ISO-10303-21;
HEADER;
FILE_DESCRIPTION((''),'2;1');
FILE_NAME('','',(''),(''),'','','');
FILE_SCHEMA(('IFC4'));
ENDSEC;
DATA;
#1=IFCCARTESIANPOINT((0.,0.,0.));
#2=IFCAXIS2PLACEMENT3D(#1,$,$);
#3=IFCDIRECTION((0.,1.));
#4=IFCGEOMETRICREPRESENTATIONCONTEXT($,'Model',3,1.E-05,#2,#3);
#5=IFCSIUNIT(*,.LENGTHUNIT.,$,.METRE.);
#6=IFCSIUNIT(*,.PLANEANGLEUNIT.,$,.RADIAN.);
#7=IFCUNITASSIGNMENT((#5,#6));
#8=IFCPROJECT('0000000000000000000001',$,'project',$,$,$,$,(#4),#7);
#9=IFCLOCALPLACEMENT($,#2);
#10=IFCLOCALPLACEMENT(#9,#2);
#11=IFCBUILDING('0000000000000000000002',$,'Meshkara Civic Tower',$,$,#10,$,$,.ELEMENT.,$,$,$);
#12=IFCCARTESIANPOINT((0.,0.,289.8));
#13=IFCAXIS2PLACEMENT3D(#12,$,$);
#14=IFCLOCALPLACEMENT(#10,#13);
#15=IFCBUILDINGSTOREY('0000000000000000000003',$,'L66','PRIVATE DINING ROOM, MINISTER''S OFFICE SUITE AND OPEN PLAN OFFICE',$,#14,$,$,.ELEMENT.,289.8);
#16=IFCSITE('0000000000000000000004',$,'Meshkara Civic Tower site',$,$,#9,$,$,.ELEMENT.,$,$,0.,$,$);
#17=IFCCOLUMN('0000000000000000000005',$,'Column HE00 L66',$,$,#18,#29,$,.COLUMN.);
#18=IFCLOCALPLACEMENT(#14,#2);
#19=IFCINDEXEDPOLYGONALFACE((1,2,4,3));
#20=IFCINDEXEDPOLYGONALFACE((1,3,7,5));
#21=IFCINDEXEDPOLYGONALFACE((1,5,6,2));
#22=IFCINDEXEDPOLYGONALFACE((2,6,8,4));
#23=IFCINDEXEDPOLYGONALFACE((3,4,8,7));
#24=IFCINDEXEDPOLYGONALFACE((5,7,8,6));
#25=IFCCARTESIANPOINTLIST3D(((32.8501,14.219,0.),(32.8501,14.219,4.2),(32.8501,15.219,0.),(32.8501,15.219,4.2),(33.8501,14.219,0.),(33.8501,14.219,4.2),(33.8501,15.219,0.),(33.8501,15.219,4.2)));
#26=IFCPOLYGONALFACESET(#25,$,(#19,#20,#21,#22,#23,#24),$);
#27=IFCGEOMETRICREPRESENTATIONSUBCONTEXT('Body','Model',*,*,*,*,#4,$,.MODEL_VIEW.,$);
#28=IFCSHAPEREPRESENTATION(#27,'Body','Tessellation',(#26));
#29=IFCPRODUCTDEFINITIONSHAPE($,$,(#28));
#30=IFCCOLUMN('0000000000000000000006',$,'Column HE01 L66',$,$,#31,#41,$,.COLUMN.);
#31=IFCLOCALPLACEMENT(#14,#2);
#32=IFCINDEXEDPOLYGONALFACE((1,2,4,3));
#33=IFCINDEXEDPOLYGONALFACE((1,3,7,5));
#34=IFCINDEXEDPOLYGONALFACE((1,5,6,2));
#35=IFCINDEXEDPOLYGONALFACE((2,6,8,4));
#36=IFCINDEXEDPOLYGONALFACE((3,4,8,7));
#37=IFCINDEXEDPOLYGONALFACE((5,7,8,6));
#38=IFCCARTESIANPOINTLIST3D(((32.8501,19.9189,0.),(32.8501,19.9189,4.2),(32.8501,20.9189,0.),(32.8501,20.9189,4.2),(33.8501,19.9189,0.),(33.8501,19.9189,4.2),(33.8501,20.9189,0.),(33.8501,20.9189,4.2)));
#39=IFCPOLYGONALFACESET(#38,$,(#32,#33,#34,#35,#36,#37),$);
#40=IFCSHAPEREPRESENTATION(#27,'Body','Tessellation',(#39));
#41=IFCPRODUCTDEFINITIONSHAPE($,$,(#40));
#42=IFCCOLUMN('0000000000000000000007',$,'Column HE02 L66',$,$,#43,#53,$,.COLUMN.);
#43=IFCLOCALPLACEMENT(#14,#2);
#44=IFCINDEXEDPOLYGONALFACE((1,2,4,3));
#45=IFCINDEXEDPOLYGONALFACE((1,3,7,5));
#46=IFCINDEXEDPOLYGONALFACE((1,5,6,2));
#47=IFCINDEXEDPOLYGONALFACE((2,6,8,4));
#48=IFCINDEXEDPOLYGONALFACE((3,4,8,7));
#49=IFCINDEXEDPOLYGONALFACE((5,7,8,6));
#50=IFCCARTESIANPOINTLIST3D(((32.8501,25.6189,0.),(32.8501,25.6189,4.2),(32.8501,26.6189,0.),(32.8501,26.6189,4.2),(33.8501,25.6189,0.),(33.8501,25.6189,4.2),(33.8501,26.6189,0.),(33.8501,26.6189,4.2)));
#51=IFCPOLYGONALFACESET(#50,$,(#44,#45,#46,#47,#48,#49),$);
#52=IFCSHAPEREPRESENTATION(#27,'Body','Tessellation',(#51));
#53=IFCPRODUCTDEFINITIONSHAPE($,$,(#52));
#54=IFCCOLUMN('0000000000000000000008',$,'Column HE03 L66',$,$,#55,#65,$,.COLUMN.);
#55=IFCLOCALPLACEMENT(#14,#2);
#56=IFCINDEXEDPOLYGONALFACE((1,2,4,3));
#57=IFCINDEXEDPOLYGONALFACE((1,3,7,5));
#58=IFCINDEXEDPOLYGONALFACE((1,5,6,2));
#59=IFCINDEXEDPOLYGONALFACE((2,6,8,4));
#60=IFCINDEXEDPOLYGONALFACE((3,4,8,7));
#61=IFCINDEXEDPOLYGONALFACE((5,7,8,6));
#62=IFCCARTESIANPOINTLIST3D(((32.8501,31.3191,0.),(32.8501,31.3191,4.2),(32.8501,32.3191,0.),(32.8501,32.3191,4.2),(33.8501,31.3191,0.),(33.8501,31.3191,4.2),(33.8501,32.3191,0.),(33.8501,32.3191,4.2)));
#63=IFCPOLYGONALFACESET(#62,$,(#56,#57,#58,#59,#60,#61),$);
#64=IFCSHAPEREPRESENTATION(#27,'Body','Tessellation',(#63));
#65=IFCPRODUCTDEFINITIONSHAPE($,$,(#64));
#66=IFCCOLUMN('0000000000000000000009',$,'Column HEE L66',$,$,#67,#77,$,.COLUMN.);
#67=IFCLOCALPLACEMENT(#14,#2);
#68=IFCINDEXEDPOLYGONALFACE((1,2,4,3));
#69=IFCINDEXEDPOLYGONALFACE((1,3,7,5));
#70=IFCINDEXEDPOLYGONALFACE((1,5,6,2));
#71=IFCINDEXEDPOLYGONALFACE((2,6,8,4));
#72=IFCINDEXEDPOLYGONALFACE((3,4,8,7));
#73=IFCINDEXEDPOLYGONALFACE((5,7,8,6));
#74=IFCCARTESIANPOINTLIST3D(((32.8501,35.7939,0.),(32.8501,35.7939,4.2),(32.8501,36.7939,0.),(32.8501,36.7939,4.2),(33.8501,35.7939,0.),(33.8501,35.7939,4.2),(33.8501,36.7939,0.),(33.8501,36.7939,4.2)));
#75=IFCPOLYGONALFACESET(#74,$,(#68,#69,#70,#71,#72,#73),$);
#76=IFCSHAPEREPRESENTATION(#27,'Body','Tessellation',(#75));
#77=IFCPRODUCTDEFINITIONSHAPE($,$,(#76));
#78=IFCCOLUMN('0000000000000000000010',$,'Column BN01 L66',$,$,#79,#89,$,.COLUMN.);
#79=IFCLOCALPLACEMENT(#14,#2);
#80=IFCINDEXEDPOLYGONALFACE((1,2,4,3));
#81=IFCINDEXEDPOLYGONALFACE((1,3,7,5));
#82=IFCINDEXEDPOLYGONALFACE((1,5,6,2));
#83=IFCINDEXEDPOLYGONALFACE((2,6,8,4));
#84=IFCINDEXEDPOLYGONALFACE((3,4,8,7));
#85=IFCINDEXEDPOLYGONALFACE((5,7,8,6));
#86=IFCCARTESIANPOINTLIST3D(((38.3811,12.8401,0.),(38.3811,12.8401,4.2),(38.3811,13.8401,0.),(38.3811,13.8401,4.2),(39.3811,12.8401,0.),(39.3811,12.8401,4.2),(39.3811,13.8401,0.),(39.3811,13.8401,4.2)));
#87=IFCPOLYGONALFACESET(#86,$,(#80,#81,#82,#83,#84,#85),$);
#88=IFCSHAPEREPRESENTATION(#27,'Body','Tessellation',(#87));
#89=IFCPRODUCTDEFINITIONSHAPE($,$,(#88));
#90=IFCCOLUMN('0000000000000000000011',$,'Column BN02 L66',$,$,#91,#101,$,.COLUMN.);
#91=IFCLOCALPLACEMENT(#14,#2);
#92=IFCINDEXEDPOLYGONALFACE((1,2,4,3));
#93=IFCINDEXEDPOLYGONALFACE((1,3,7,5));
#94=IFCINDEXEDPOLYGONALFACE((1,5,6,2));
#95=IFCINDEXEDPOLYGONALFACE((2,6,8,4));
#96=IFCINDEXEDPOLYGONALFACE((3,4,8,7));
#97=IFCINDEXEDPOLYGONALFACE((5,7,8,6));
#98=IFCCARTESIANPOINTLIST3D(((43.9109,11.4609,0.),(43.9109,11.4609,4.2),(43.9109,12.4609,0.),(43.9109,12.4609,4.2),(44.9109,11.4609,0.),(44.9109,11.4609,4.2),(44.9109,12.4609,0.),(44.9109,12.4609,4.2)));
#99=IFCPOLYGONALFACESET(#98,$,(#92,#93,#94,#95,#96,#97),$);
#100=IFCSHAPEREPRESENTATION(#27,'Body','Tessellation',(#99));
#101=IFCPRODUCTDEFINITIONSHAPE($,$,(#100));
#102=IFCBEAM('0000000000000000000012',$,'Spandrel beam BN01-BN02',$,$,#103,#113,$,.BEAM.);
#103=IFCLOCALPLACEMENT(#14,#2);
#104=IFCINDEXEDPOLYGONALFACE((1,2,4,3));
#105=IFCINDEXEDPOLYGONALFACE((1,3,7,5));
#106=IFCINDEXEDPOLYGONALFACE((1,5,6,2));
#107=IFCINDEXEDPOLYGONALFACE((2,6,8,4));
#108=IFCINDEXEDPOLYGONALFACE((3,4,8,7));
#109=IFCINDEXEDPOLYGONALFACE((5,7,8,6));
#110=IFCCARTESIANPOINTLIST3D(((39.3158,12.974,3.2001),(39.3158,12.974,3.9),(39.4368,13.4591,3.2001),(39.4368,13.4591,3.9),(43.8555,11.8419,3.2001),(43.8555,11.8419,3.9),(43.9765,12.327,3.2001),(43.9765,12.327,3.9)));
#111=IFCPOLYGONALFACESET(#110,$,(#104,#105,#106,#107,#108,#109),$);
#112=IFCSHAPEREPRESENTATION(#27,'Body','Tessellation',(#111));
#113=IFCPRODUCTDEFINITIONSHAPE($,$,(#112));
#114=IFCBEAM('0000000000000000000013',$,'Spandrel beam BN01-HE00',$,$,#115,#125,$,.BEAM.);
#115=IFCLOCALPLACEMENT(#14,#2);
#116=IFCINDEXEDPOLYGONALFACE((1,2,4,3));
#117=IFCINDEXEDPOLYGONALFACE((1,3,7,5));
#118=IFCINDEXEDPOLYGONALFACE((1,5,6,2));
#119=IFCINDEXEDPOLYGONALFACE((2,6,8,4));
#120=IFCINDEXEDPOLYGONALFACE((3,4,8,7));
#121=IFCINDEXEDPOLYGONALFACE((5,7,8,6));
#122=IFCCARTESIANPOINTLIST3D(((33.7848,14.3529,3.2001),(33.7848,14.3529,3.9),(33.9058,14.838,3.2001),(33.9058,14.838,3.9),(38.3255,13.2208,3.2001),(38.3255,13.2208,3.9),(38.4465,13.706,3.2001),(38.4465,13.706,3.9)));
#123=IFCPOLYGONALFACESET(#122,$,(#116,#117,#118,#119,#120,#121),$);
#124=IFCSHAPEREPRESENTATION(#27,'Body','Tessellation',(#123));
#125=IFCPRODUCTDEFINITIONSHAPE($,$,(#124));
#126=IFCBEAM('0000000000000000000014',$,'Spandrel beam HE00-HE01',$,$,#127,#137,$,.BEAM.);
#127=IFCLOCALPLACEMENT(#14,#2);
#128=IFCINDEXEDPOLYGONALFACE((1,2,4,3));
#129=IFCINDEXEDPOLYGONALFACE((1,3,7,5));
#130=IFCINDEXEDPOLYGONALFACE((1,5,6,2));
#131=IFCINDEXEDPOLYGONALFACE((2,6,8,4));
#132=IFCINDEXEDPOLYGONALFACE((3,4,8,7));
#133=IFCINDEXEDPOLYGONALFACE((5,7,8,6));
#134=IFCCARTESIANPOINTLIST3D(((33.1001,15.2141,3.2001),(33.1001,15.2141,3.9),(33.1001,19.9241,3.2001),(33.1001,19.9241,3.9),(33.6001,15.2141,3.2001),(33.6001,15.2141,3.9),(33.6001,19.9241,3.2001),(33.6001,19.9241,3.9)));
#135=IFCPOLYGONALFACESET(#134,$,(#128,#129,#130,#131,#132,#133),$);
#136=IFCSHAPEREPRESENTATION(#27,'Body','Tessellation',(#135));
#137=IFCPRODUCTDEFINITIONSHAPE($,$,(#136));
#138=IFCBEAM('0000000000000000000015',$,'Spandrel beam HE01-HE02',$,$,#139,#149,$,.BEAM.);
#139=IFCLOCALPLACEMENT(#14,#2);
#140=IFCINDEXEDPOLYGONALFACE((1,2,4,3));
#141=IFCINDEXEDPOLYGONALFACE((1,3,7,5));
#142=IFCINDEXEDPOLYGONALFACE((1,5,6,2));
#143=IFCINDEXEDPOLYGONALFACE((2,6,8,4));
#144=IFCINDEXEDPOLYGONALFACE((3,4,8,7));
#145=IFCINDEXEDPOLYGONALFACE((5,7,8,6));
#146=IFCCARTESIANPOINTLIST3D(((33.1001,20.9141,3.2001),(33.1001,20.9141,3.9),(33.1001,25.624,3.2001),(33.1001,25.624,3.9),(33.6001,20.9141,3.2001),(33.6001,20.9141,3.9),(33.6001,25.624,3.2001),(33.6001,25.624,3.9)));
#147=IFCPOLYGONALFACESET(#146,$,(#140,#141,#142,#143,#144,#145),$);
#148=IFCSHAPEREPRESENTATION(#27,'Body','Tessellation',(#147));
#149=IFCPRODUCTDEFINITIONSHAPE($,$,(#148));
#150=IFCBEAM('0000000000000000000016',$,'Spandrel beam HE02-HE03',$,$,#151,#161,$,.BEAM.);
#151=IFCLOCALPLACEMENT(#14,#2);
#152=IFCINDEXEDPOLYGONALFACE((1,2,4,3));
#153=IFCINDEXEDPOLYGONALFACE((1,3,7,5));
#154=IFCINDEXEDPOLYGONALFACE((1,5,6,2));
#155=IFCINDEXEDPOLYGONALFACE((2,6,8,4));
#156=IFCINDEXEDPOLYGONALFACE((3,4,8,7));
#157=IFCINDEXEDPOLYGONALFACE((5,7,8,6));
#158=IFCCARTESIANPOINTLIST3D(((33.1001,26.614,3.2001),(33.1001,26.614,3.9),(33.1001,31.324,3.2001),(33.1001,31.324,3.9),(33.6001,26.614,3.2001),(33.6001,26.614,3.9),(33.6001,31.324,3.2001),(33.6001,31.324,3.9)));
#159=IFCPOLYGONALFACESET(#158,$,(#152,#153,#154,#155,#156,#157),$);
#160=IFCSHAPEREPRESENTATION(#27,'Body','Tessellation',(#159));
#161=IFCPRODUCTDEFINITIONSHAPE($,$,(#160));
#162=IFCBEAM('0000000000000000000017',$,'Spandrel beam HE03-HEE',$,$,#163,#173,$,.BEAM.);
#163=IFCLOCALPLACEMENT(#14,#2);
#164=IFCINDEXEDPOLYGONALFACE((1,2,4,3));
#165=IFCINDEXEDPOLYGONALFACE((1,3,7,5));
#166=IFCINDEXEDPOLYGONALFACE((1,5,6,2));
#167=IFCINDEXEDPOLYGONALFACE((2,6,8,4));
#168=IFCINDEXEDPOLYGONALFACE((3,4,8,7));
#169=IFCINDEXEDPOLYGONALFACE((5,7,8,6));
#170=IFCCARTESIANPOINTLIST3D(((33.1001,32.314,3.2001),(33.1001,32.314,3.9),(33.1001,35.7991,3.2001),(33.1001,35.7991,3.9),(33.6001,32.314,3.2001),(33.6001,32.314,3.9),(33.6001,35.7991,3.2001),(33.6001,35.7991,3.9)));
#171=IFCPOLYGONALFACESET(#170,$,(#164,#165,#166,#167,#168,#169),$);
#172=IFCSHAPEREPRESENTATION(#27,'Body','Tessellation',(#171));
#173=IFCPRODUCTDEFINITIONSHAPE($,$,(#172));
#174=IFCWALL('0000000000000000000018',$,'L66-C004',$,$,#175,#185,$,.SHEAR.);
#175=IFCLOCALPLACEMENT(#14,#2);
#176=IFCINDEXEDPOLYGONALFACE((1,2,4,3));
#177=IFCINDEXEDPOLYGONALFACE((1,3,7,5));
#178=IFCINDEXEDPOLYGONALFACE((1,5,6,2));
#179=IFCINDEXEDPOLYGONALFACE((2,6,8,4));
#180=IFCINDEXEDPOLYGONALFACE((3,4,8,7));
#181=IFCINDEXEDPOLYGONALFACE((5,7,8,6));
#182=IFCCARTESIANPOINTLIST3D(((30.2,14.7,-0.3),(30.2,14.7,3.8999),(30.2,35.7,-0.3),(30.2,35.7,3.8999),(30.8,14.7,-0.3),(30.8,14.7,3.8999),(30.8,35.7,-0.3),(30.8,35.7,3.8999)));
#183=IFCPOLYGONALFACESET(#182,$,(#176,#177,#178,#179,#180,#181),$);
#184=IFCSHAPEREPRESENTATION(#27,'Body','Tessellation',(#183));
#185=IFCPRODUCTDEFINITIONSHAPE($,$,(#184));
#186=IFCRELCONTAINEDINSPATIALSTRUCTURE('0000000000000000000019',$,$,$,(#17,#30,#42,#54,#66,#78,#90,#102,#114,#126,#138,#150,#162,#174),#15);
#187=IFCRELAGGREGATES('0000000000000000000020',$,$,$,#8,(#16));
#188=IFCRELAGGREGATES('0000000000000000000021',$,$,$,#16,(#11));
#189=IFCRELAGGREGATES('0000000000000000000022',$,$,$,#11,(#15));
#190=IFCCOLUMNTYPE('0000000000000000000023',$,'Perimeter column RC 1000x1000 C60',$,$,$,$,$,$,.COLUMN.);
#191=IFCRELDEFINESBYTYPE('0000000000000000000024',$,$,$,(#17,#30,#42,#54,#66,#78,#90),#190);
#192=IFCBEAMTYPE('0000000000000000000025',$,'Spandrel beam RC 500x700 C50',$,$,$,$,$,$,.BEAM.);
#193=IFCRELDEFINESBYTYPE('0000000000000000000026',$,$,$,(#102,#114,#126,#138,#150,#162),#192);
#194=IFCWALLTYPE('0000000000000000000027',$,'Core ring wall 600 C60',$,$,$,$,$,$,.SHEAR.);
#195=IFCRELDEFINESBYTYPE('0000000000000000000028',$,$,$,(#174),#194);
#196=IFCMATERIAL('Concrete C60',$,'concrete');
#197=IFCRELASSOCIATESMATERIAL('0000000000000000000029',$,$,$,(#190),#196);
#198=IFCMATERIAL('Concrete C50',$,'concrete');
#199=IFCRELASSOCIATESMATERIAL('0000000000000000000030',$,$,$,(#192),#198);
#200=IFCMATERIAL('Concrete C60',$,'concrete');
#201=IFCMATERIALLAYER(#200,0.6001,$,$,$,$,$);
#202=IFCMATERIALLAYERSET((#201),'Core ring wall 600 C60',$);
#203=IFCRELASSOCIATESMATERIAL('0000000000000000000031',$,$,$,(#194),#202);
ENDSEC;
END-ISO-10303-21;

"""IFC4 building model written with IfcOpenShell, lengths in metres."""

from ifc_helpers import new_model, si_unit, direction, frame, frame_2d, origin, origin_2d, place, context, subcontext, project, spatial, rectangle, extrude, material, layer, layer_set, material_profile, profile_set, type_object, element, save


model = new_model("IFC4")

# Units and contexts
model_context = context("Model", 3, precision=1e-05, world=origin(), true_north=direction((0.0, 1.0)))
body_context = subcontext(model_context, "Body", "Model", "MODEL_VIEW")
ifc_project = project(units=[si_unit("LENGTHUNIT", "METRE"), si_unit("PLANEANGLEUNIT", "RADIAN")], contexts=[model_context])

# Site, building, storey
site_placement = place(None, origin())
site = spatial("IfcSite", under=ifc_project, at=site_placement, Name="Meshkara Civic Tower site", CompositionType="ELEMENT", RefElevation=0.0)
building_placement = place(site_placement, origin())
building = spatial("IfcBuilding", under=site, at=building_placement, Name="Meshkara Civic Tower", CompositionType="ELEMENT")
storey_placement = place(building_placement, frame((0.0, 0.0, 289.8)))
storey = spatial("IfcBuildingStorey", under=building, at=storey_placement, Name="L66", Description="PRIVATE DINING ROOM, MINISTER'S OFFICE SUITE AND OPEN PLAN OFFICE", CompositionType="ELEMENT", Elevation=289.8)

# Columns
ifc_material_1 = material(Name="Concrete C60", Category="concrete")
ifc_material_profile_1 = material_profile(ifc_material_1, rectangle(XDim=1.0, YDim=1.0, at=origin_2d()))
ifc_profile_set_1 = profile_set([ifc_material_profile_1], Name="Concrete C60")
column_type = type_object("IfcColumnType", Name="Perimeter column RC 1000x1000 C60", PredefinedType="COLUMN", material=ifc_profile_set_1)
for number, where, z_axis, x_axis, name in (
    (1, (33.3501, 14.719, 0.0), (0.0, 0.0, 1.0), (1.0, 0.0, 0.0), "Column HE00 L66"),
    (2, (33.3501, 20.4189, 0.0), (0.0, 0.0, 1.0), (1.0, 0.0, 0.0), "Column HE01 L66"),
    (3, (33.3501, 26.1189, 0.0), (0.0, 0.0, 1.0), (1.0, 0.0, 0.0), "Column HE02 L66"),
    (4, (33.3501, 31.8191, 0.0), (0.0, 0.0, 1.0), (1.0, 0.0, 0.0), "Column HE03 L66"),
    (5, (33.3501, 36.2939, 0.0), (0.0, 0.0, 1.0), (1.0, 0.0, 0.0), "Column HEE L66"),
    (6, (38.8811, 13.3401, 0.0), (0.0, 0.0, 1.0), (1.0, 0.0, 0.0), "Column BN01 L66"),
    (7, (44.4109, 11.9609, 0.0), (0.0, 0.0, 1.0), (1.0, 0.0, 0.0), "Column BN02 L66"),
):
    element("IfcColumn", number, at=place(storey_placement, frame(where, z_axis=z_axis, x_axis=x_axis)), inside=storey, type_object=column_type, Name=name, PredefinedType="COLUMN", context=body_context, shape_type="SweptSolid", body=[
        extrude(rectangle(XDim=1.0, YDim=1.0, at=origin_2d()), origin(), (0.0, 0.0, 1.0), 4.2),
    ])

# Beams
ifc_material_2 = material(Name="Concrete C50", Category="concrete")
ifc_material_profile_2 = material_profile(ifc_material_2, rectangle(XDim=0.5, YDim=0.7, at=origin_2d()))
ifc_profile_set_2 = profile_set([ifc_material_profile_2], Name="Concrete C50")
beam_type = type_object("IfcBeamType", Name="Spandrel beam RC 500x700 C50", PredefinedType="BEAM", material=ifc_profile_set_2)
beam_1_placement = place(storey_placement, frame((43.916, 12.0845, 3.55), z_axis=(-0.970287, 0.241959, 0.0), x_axis=(-0.241959, -0.970287, 0.0)))
element("IfcBeam", 8, at=beam_1_placement, inside=storey, type_object=beam_type, Name="Spandrel beam BN01-BN02", PredefinedType="BEAM", context=body_context, shape_type="SweptSolid", body=[
    extrude(rectangle(XDim=0.5, YDim=0.7, at=origin_2d()), origin(), (0.0, 0.0, 1.0), 4.6787),
])
beam_2_placement = place(storey_placement, frame((38.386, 13.4634, 3.55), z_axis=(-0.970299, 0.24191, 0.0), x_axis=(-0.24191, -0.970299, 0.0)))
element("IfcBeam", 9, at=beam_2_placement, inside=storey, type_object=beam_type, Name="Spandrel beam BN01-HE00", PredefinedType="BEAM", context=body_context, shape_type="SweptSolid", body=[
    extrude(rectangle(XDim=0.5, YDim=0.7, at=origin_2d()), origin(), (0.0, 0.0, 1.0), 4.6797),
])
for number, where, z_axis, x_axis, name in (
    (10, (33.3501, 15.2141, 3.55), (0.0, 1.0, 0.0), (-1.0, 0.0, 0.0), "Spandrel beam HE00-HE01"),
    (11, (33.3501, 20.9141, 3.55), (0.0, 1.0, 0.0), (-1.0, 0.0, 0.0), "Spandrel beam HE01-HE02"),
    (12, (33.3501, 26.614, 3.55), (0.0, 1.0, 0.0), (-1.0, 0.0, 0.0), "Spandrel beam HE02-HE03"),
):
    element("IfcBeam", number, at=place(storey_placement, frame(where, z_axis=z_axis, x_axis=x_axis)), inside=storey, type_object=beam_type, Name=name, PredefinedType="BEAM", context=body_context, shape_type="SweptSolid", body=[
        extrude(rectangle(XDim=0.5, YDim=0.7, at=origin_2d()), origin(), (0.0, 0.0, 1.0), 4.71),
    ])
beam_3_placement = place(storey_placement, frame((33.3501, 32.314, 3.55), z_axis=(0.0, 1.0, 0.0), x_axis=(-1.0, 0.0, 0.0)))
element("IfcBeam", 13, at=beam_3_placement, inside=storey, type_object=beam_type, Name="Spandrel beam HE03-HEE", PredefinedType="BEAM", context=body_context, shape_type="SweptSolid", body=[
    extrude(rectangle(XDim=0.5, YDim=0.7, at=origin_2d()), origin(), (0.0, 0.0, 1.0), 3.4851),
])

# Wall
ifc_material_3 = material(Name="Concrete C60", Category="concrete")
ifc_layer_1 = layer(ifc_material_3, 0.6001)
ifc_layer_set_1 = layer_set([ifc_layer_1], Name="Core ring wall 600 C60")
wall_type_1 = type_object("IfcWallType", Name="Core ring wall 600 C60", PredefinedType="SHEAR", material=ifc_layer_set_1)
wall_1_placement = place(storey_placement, frame((30.5, 14.7, -0.3), z_axis=(0.0, 0.0, 1.0), x_axis=(0.0, 1.0, 0.0)))
element("IfcWall", 14, at=wall_1_placement, inside=storey, type_object=wall_type_1, Name="L66-C004", PredefinedType="SHEAR", context=body_context, shape_type="SweptSolid", body=[
    extrude(rectangle(XDim=21.0, YDim=0.6001, at=frame_2d((10.5, 0.0))), origin(), (0.0, 0.0, 1.0), 4.2),
])

save(model, "model.ifc")
